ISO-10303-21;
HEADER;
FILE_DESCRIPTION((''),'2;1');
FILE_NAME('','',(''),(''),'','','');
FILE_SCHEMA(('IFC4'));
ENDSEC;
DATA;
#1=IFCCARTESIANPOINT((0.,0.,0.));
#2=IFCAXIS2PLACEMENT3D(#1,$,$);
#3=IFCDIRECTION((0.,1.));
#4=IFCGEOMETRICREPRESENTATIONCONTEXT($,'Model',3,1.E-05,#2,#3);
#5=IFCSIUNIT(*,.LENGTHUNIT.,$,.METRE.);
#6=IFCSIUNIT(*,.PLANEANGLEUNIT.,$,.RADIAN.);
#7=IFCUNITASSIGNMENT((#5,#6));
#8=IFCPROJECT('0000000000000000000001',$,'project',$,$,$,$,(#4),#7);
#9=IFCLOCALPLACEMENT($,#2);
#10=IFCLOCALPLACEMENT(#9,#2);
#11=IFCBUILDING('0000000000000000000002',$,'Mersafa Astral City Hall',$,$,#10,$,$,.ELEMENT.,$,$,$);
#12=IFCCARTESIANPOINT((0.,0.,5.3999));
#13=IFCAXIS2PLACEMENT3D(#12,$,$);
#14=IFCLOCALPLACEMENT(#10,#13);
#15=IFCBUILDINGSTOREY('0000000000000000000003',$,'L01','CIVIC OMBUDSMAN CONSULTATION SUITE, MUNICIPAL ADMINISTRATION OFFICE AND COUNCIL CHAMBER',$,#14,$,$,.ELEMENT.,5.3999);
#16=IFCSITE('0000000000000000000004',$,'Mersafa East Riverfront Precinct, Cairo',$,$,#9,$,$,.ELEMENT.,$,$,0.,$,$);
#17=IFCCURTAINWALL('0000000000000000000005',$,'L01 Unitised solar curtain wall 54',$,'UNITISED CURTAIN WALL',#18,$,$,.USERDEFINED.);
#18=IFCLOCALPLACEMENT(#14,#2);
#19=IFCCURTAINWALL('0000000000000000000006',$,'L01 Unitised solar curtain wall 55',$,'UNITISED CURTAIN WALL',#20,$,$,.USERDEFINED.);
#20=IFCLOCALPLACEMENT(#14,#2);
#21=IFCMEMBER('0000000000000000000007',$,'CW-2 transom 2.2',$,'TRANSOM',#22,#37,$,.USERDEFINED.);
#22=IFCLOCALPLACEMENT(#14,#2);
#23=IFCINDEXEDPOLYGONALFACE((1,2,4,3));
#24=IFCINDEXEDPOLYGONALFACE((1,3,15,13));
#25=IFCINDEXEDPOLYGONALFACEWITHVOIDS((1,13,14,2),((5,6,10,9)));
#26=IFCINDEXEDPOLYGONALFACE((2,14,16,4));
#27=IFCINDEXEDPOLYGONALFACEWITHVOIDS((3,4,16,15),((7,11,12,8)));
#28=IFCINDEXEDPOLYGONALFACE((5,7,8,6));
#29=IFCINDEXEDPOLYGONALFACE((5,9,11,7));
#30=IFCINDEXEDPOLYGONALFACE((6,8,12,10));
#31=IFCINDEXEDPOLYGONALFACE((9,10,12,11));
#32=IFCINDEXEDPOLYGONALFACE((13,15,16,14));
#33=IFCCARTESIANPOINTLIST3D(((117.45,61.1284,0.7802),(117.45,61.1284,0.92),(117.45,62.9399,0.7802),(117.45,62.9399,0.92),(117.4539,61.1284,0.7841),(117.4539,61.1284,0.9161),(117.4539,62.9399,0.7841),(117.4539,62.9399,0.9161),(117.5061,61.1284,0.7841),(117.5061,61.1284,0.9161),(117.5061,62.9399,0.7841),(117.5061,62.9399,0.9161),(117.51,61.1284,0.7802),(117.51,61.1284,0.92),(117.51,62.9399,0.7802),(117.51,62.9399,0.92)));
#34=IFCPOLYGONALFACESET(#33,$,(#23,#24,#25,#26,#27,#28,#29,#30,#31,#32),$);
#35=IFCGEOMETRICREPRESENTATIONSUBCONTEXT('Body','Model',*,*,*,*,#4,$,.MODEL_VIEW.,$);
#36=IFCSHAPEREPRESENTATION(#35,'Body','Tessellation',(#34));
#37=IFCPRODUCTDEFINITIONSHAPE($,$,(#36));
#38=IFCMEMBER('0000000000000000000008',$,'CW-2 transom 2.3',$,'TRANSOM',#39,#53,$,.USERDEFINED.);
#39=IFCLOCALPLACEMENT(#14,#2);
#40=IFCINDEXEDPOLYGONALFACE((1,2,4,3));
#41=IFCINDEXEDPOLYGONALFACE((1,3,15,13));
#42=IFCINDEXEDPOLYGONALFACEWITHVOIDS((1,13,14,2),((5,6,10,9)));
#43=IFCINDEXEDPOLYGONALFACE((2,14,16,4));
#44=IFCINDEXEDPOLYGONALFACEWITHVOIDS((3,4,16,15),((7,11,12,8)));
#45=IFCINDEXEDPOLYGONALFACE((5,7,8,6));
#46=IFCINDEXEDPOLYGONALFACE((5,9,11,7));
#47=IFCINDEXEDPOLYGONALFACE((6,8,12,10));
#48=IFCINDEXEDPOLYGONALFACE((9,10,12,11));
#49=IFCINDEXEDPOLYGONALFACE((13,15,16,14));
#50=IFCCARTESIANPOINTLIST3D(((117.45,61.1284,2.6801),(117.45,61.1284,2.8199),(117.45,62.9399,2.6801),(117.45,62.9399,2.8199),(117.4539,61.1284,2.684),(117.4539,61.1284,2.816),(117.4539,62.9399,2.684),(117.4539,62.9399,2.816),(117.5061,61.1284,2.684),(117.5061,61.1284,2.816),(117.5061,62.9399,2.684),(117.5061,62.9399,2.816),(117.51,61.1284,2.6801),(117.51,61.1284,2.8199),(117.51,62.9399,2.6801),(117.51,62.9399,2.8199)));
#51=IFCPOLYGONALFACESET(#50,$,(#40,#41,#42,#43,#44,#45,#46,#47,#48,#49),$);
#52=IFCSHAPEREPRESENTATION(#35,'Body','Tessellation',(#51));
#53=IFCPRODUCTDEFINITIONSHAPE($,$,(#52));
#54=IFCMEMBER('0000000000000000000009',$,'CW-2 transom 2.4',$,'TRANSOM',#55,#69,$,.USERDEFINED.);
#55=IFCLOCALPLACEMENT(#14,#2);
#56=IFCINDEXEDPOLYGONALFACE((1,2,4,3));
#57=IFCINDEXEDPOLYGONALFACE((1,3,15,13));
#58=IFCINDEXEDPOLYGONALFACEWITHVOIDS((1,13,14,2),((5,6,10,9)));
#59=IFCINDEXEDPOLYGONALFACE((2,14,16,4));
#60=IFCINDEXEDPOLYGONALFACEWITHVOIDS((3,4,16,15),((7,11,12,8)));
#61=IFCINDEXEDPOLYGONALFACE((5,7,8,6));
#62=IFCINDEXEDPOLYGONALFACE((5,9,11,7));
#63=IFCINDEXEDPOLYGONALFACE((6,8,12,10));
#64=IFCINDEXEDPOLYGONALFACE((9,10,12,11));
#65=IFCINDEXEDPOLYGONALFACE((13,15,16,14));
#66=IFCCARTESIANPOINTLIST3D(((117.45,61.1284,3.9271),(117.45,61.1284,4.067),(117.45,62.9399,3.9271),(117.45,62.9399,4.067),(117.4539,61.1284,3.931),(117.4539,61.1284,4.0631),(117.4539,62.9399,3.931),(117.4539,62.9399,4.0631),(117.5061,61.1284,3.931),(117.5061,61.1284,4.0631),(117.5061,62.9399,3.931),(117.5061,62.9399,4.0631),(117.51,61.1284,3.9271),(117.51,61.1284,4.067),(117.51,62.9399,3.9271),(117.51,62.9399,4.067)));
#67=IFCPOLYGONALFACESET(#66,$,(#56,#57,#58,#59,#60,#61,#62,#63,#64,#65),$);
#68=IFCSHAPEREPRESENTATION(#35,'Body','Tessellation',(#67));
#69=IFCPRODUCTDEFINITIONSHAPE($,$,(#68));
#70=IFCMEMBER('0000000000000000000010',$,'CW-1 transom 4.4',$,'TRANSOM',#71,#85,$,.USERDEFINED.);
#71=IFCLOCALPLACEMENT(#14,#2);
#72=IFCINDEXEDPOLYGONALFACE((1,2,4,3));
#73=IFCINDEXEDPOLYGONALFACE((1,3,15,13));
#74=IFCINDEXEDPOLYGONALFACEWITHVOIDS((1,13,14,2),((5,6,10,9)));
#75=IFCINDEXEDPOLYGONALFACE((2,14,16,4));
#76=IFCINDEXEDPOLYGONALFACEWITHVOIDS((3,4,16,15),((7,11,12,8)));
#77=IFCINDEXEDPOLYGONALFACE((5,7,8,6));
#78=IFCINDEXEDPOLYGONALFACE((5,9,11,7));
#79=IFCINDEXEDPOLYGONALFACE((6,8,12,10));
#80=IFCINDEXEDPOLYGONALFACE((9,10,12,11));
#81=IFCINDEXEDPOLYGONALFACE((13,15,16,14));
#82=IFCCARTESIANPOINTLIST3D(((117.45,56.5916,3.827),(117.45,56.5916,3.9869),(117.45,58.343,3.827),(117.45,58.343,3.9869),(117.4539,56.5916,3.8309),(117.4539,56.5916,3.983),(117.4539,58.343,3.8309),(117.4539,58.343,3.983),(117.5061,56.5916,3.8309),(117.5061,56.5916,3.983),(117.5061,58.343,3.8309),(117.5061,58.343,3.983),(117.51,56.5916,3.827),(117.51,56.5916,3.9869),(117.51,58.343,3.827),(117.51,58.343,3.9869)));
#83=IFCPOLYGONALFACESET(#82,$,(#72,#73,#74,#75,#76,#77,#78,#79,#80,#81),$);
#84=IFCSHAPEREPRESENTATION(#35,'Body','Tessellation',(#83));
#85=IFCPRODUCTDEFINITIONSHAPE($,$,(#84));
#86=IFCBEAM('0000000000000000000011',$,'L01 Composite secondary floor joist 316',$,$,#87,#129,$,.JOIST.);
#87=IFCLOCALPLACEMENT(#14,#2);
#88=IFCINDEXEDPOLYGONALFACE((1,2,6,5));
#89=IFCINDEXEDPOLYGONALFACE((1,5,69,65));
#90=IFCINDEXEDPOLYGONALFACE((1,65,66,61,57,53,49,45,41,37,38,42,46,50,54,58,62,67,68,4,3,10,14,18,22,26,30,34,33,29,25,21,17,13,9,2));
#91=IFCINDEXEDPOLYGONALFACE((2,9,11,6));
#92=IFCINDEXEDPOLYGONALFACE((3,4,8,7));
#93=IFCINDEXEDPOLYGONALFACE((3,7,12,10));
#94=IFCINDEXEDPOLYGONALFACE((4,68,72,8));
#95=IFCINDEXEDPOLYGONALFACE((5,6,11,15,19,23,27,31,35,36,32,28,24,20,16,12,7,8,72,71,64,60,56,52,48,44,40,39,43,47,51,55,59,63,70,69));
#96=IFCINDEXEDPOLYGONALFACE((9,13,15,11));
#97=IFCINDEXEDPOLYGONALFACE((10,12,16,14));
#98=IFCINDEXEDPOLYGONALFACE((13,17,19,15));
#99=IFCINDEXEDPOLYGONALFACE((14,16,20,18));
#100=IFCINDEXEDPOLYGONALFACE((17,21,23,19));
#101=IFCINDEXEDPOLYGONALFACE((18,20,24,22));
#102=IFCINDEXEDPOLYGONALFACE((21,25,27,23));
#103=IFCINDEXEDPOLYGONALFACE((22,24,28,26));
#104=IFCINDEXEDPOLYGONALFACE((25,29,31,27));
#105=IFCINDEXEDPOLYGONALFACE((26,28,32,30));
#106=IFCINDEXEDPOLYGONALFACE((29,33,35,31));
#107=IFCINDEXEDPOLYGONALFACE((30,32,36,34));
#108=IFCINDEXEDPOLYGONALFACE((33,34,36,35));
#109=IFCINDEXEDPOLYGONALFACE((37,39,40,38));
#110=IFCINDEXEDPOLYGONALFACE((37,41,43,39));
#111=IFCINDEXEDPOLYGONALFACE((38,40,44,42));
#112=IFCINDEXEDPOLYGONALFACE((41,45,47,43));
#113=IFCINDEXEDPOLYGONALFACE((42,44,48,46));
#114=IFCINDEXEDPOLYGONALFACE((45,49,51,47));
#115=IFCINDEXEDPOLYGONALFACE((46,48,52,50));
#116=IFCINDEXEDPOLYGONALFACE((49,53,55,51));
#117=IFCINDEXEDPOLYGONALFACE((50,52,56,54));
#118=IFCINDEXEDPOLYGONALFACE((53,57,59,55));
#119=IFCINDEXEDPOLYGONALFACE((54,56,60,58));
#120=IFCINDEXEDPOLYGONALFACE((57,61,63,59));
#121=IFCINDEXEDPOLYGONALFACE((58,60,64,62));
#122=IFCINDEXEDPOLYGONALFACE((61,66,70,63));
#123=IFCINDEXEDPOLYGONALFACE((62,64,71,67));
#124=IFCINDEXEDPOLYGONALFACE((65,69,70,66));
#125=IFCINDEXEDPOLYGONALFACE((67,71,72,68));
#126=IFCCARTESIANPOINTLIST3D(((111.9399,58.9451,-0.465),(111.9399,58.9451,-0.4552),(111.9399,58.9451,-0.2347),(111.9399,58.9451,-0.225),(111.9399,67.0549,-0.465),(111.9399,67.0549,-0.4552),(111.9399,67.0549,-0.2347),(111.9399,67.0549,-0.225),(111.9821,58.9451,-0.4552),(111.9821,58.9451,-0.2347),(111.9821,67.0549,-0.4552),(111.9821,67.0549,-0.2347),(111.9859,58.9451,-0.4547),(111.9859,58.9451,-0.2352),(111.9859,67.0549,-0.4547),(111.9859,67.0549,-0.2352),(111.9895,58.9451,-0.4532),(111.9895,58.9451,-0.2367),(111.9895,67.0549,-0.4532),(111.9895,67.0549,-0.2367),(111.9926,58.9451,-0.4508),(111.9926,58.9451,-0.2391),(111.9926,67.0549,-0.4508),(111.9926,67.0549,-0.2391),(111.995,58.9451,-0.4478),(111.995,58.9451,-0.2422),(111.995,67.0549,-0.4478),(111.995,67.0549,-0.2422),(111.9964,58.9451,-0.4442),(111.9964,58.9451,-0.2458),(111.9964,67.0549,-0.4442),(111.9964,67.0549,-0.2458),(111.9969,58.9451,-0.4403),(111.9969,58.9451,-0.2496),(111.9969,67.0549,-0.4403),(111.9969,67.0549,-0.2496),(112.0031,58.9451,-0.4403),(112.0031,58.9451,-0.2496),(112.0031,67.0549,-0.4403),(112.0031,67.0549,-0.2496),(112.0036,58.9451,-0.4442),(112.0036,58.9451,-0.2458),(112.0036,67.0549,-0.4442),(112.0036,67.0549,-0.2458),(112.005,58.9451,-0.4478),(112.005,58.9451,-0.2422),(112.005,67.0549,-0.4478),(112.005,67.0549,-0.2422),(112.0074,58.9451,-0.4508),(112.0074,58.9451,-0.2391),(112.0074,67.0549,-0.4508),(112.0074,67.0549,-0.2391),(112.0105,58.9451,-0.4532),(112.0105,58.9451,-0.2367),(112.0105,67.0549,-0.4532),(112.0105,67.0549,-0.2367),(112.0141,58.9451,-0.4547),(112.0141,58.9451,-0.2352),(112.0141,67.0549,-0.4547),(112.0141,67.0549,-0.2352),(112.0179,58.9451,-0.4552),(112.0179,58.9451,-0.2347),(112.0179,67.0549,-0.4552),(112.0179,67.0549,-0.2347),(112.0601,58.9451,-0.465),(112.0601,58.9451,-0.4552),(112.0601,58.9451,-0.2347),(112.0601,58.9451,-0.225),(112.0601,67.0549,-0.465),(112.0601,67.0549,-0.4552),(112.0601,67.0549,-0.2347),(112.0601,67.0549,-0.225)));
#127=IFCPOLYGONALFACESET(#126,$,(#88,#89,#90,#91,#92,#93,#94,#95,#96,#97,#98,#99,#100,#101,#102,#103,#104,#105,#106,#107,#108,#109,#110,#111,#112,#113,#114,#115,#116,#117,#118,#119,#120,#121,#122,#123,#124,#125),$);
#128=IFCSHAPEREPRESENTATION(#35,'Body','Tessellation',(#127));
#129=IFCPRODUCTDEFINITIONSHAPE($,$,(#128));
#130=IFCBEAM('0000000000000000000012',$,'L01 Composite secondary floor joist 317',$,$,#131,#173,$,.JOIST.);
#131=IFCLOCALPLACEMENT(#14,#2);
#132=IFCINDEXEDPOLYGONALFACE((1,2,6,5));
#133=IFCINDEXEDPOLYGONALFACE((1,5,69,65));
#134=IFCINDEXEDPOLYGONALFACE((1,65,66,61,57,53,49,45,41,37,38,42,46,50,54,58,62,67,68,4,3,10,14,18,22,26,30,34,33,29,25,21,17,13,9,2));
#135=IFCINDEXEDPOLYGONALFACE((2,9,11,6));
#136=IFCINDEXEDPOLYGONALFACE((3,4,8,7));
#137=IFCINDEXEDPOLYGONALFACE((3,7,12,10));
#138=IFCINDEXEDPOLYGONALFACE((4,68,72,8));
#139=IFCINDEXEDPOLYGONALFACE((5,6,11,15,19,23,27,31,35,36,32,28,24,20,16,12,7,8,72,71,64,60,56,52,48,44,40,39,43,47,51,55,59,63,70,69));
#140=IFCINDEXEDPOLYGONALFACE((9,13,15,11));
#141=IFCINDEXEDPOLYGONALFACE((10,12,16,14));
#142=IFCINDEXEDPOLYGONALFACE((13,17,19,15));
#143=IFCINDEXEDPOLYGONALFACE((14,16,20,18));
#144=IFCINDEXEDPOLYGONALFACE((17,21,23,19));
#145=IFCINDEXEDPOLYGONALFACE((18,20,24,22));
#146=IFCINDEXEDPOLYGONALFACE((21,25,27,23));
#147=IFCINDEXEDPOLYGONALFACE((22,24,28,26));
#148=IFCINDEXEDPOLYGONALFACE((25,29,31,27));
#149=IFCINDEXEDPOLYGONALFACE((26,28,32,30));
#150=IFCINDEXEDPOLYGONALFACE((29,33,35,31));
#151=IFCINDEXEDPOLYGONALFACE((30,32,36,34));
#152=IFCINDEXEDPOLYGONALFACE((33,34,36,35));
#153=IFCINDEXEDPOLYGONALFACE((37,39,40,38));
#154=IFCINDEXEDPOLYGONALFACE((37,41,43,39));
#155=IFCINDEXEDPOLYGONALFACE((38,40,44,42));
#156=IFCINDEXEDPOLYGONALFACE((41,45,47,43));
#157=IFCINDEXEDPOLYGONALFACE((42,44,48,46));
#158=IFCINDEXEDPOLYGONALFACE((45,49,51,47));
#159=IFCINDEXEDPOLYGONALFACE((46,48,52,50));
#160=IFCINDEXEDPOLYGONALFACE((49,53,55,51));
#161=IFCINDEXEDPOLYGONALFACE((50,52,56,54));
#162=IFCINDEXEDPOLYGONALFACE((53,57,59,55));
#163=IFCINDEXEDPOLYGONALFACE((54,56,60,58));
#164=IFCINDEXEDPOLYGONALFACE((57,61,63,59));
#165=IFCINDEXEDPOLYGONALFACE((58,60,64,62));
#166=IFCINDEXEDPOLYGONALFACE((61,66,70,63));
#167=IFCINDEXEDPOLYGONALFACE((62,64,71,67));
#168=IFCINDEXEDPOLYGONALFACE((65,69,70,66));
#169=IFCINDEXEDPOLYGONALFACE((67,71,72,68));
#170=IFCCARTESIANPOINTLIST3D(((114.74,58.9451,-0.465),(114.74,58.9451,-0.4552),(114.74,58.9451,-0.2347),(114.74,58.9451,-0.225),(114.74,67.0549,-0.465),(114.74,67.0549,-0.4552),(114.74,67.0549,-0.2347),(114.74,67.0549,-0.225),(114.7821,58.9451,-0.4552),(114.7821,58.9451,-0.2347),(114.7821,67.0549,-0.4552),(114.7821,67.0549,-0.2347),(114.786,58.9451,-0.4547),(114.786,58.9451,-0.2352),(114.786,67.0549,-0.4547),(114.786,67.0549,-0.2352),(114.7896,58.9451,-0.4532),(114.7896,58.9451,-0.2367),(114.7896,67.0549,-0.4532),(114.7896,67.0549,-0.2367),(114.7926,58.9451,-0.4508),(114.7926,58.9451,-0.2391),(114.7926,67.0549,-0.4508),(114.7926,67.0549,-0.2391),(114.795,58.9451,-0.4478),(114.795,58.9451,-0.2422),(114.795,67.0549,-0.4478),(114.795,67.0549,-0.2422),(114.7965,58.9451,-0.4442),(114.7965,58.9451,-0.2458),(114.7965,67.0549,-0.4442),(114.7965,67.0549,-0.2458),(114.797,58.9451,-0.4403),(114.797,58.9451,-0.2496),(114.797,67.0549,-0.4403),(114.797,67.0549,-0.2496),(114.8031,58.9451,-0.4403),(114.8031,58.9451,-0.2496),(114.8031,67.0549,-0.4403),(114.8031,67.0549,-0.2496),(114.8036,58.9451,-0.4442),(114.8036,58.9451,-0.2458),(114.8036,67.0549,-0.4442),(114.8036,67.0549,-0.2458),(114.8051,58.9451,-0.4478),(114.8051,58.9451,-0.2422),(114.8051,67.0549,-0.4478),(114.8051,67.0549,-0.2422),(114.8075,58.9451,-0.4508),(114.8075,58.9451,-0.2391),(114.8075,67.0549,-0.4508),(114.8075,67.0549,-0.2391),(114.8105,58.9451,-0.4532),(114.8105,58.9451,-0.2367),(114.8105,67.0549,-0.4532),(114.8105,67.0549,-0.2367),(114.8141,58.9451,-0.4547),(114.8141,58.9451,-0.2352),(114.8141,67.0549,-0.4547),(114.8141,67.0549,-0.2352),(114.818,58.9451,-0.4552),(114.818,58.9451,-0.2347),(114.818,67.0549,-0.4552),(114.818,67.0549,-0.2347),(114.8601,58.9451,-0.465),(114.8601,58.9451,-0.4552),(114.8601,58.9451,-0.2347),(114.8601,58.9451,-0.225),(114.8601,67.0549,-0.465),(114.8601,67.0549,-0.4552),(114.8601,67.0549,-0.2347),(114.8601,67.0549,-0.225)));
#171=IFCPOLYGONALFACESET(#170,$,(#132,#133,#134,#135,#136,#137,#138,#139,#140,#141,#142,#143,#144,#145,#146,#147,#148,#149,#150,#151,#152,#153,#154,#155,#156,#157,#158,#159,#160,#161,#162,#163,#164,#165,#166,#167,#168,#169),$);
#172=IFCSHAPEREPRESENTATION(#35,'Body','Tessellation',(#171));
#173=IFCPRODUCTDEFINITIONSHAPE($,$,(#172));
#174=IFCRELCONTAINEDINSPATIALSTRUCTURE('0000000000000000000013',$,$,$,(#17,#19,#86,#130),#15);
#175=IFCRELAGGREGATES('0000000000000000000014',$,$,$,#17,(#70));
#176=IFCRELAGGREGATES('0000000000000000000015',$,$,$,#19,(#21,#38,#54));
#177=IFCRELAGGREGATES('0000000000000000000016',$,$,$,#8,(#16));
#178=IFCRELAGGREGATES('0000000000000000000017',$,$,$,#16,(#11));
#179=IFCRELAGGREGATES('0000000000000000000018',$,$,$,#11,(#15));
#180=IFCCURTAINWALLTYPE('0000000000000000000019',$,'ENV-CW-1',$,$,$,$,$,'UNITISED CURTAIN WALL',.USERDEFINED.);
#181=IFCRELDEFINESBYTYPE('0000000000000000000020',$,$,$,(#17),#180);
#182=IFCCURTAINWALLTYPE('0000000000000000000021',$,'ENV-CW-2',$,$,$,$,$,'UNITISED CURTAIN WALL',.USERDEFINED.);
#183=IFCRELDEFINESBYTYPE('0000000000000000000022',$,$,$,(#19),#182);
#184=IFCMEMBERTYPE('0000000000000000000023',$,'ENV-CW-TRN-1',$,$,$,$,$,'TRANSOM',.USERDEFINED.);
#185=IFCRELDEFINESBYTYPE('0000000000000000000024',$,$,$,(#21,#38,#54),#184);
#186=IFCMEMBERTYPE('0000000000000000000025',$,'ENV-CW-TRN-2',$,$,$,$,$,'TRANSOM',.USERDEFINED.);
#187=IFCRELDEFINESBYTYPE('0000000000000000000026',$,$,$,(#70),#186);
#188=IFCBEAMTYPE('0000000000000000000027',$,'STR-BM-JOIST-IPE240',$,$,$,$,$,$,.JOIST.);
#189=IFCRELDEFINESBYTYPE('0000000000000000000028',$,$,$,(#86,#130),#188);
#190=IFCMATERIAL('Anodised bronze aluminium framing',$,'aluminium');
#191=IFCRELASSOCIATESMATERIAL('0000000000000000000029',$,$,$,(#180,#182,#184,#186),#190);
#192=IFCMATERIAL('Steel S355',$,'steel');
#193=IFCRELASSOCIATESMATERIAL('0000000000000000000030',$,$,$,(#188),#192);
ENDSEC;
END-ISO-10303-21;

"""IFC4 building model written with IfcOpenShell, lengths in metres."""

from ifc_helpers import new_model, si_unit, direction, frame, origin, origin_2d, place, context, subcontext, project, spatial, hollow_rectangle, i_section, extrude, material, material_profile, profile_set, type_object, element, aggregate, save


model = new_model("IFC4")

# Units and contexts
model_context = context("Model", 3, precision=1e-05, world=origin(), true_north=direction((0.0, 1.0)))
body_context = subcontext(model_context, "Body", "Model", "MODEL_VIEW")
ifc_project = project(units=[si_unit("LENGTHUNIT", "METRE"), si_unit("PLANEANGLEUNIT", "RADIAN")], contexts=[model_context])

# Site, building, storey
site_placement = place(None, origin())
site = spatial("IfcSite", under=ifc_project, at=site_placement, Name="Mersafa East Riverfront Precinct, Cairo", CompositionType="ELEMENT", RefElevation=0.0)
building_placement = place(site_placement, origin())
building = spatial("IfcBuilding", under=site, at=building_placement, Name="Mersafa Astral City Hall", CompositionType="ELEMENT")
storey_placement = place(building_placement, frame((0.0, 0.0, 5.3999)))
storey = spatial("IfcBuildingStorey", under=building, at=storey_placement, Name="L01", Description="CIVIC OMBUDSMAN CONSULTATION SUITE, MUNICIPAL ADMINISTRATION OFFICE AND COUNCIL CHAMBER", CompositionType="ELEMENT", Elevation=5.3999)

# Shared definitions
ifc_material_1 = material(Name="Steel S355", Category="steel")

# Curtain wall
ifc_material_2 = material(Name="Anodised bronze aluminium framing", Category="aluminium")
curtain_wall_type_1 = type_object("IfcCurtainWallType", Name="ENV-CW-1", ElementType="UNITISED CURTAIN WALL", PredefinedType="USERDEFINED", material=ifc_material_2)
curtain_wall_1_placement = place(storey_placement, origin())
curtain_wall_1 = element("IfcCurtainWall", 1, at=curtain_wall_1_placement, inside=storey, type_object=curtain_wall_type_1, Name="L01 Unitised solar curtain wall 54", ObjectType="UNITISED CURTAIN WALL", PredefinedType="USERDEFINED")

# Curtain wall, members
curtain_wall_type_2 = type_object("IfcCurtainWallType", Name="ENV-CW-2", ElementType="UNITISED CURTAIN WALL", PredefinedType="USERDEFINED", material=ifc_material_2)
curtain_wall_2_placement = place(storey_placement, origin())
curtain_wall_2 = element("IfcCurtainWall", 2, at=curtain_wall_2_placement, inside=storey, type_object=curtain_wall_type_2, Name="L01 Unitised solar curtain wall 55", ObjectType="UNITISED CURTAIN WALL", PredefinedType="USERDEFINED")
ifc_material_profile_1 = material_profile(ifc_material_2, hollow_rectangle(XDim=0.0601, YDim=0.1399, WallThickness=0.0039, at=origin_2d()), Name="RHS 60x140x4")
ifc_profile_set_1 = profile_set([ifc_material_profile_1], Name="Anodised bronze aluminium framing")
member_type_1 = type_object("IfcMemberType", Name="ENV-CW-TRN-1", ElementType="TRANSOM", PredefinedType="USERDEFINED", material=ifc_profile_set_1)
member_1_placement = place(storey_placement, frame((117.48, 61.1284, 0.8501), z_axis=(0.0, 1.0, 0.0), x_axis=(-1.0, 0.0, 0.0)))
member_1 = element("IfcMember", 3, at=member_1_placement, type_object=member_type_1, Name="CW-2 transom 2.2", ObjectType="TRANSOM", PredefinedType="USERDEFINED", context=body_context, shape_type="SweptSolid", body=[
    extrude(hollow_rectangle(XDim=0.0601, YDim=0.1399, WallThickness=0.0039, at=origin_2d()), origin(), (0.0, 0.0, 1.0), 1.8115),
])
member_2_placement = place(storey_placement, frame((117.48, 61.1284, 2.75), z_axis=(0.0, 1.0, 0.0), x_axis=(-1.0, 0.0, 0.0)))
member_2 = element("IfcMember", 4, at=member_2_placement, type_object=member_type_1, Name="CW-2 transom 2.3", ObjectType="TRANSOM", PredefinedType="USERDEFINED", context=body_context, shape_type="SweptSolid", body=[
    extrude(hollow_rectangle(XDim=0.0601, YDim=0.1399, WallThickness=0.0039, at=origin_2d()), origin(), (0.0, 0.0, 1.0), 1.8115),
])
member_3_placement = place(storey_placement, frame((117.48, 61.1284, 3.9971), z_axis=(0.0, 1.0, 0.0), x_axis=(-1.0, 0.0, 0.0)))
member_3 = element("IfcMember", 5, at=member_3_placement, type_object=member_type_1, Name="CW-2 transom 2.4", ObjectType="TRANSOM", PredefinedType="USERDEFINED", context=body_context, shape_type="SweptSolid", body=[
    extrude(hollow_rectangle(XDim=0.0601, YDim=0.1399, WallThickness=0.0039, at=origin_2d()), origin(), (0.0, 0.0, 1.0), 1.8115),
])

# Member
ifc_material_profile_2 = material_profile(ifc_material_2, hollow_rectangle(XDim=0.0601, YDim=0.1599, WallThickness=0.0039, at=origin_2d()), Name="RHS 60x160x4")
ifc_profile_set_2 = profile_set([ifc_material_profile_2], Name="Anodised bronze aluminium framing")
member_type_2 = type_object("IfcMemberType", Name="ENV-CW-TRN-2", ElementType="TRANSOM", PredefinedType="USERDEFINED", material=ifc_profile_set_2)
member_4_placement = place(storey_placement, frame((117.48, 56.5916, 3.907), z_axis=(0.0, 1.0, 0.0), x_axis=(-1.0, 0.0, 0.0)))
member_4 = element("IfcMember", 6, at=member_4_placement, type_object=member_type_2, Name="CW-1 transom 4.4", ObjectType="TRANSOM", PredefinedType="USERDEFINED", context=body_context, shape_type="SweptSolid", body=[
    extrude(hollow_rectangle(XDim=0.0601, YDim=0.1599, WallThickness=0.0039, at=origin_2d()), origin(), (0.0, 0.0, 1.0), 1.7515),
])

# Beams
ifc_material_profile_3 = material_profile(ifc_material_1, i_section(OverallWidth=0.1201, OverallDepth=0.24, WebThickness=0.0061, FlangeThickness=0.0098, FilletRadius=0.0149, at=origin_2d()), Name="IPE 240")
ifc_profile_set_3 = profile_set([ifc_material_profile_3], Name="Steel S355")
beam_type_1 = type_object("IfcBeamType", Name="STR-BM-JOIST-IPE240", PredefinedType="JOIST", material=ifc_profile_set_3)
for number, where, z_axis, x_axis, name in (
    (7, (112.0, 58.9451, -0.345), (0.0, 1.0, 0.0), (-1.0, 0.0, 0.0), "L01 Composite secondary floor joist 316"),
    (8, (114.8, 58.9451, -0.345), (0.0, 1.0, 0.0), (-1.0, 0.0, 0.0), "L01 Composite secondary floor joist 317"),
):
    element("IfcBeam", number, at=place(storey_placement, frame(where, z_axis=z_axis, x_axis=x_axis)), inside=storey, type_object=beam_type_1, Name=name, PredefinedType="JOIST", context=body_context, shape_type="SweptSolid", body=[
        extrude(i_section(OverallWidth=0.1201, OverallDepth=0.24, WebThickness=0.0061, FlangeThickness=0.0098, FilletRadius=0.0149, at=origin_2d()), origin(), (0.0, 0.0, 1.0), 8.1099),
    ])

aggregate(curtain_wall_1, [member_4])
aggregate(curtain_wall_2, [member_1, member_2, member_3])

save(model, "model.ifc")
